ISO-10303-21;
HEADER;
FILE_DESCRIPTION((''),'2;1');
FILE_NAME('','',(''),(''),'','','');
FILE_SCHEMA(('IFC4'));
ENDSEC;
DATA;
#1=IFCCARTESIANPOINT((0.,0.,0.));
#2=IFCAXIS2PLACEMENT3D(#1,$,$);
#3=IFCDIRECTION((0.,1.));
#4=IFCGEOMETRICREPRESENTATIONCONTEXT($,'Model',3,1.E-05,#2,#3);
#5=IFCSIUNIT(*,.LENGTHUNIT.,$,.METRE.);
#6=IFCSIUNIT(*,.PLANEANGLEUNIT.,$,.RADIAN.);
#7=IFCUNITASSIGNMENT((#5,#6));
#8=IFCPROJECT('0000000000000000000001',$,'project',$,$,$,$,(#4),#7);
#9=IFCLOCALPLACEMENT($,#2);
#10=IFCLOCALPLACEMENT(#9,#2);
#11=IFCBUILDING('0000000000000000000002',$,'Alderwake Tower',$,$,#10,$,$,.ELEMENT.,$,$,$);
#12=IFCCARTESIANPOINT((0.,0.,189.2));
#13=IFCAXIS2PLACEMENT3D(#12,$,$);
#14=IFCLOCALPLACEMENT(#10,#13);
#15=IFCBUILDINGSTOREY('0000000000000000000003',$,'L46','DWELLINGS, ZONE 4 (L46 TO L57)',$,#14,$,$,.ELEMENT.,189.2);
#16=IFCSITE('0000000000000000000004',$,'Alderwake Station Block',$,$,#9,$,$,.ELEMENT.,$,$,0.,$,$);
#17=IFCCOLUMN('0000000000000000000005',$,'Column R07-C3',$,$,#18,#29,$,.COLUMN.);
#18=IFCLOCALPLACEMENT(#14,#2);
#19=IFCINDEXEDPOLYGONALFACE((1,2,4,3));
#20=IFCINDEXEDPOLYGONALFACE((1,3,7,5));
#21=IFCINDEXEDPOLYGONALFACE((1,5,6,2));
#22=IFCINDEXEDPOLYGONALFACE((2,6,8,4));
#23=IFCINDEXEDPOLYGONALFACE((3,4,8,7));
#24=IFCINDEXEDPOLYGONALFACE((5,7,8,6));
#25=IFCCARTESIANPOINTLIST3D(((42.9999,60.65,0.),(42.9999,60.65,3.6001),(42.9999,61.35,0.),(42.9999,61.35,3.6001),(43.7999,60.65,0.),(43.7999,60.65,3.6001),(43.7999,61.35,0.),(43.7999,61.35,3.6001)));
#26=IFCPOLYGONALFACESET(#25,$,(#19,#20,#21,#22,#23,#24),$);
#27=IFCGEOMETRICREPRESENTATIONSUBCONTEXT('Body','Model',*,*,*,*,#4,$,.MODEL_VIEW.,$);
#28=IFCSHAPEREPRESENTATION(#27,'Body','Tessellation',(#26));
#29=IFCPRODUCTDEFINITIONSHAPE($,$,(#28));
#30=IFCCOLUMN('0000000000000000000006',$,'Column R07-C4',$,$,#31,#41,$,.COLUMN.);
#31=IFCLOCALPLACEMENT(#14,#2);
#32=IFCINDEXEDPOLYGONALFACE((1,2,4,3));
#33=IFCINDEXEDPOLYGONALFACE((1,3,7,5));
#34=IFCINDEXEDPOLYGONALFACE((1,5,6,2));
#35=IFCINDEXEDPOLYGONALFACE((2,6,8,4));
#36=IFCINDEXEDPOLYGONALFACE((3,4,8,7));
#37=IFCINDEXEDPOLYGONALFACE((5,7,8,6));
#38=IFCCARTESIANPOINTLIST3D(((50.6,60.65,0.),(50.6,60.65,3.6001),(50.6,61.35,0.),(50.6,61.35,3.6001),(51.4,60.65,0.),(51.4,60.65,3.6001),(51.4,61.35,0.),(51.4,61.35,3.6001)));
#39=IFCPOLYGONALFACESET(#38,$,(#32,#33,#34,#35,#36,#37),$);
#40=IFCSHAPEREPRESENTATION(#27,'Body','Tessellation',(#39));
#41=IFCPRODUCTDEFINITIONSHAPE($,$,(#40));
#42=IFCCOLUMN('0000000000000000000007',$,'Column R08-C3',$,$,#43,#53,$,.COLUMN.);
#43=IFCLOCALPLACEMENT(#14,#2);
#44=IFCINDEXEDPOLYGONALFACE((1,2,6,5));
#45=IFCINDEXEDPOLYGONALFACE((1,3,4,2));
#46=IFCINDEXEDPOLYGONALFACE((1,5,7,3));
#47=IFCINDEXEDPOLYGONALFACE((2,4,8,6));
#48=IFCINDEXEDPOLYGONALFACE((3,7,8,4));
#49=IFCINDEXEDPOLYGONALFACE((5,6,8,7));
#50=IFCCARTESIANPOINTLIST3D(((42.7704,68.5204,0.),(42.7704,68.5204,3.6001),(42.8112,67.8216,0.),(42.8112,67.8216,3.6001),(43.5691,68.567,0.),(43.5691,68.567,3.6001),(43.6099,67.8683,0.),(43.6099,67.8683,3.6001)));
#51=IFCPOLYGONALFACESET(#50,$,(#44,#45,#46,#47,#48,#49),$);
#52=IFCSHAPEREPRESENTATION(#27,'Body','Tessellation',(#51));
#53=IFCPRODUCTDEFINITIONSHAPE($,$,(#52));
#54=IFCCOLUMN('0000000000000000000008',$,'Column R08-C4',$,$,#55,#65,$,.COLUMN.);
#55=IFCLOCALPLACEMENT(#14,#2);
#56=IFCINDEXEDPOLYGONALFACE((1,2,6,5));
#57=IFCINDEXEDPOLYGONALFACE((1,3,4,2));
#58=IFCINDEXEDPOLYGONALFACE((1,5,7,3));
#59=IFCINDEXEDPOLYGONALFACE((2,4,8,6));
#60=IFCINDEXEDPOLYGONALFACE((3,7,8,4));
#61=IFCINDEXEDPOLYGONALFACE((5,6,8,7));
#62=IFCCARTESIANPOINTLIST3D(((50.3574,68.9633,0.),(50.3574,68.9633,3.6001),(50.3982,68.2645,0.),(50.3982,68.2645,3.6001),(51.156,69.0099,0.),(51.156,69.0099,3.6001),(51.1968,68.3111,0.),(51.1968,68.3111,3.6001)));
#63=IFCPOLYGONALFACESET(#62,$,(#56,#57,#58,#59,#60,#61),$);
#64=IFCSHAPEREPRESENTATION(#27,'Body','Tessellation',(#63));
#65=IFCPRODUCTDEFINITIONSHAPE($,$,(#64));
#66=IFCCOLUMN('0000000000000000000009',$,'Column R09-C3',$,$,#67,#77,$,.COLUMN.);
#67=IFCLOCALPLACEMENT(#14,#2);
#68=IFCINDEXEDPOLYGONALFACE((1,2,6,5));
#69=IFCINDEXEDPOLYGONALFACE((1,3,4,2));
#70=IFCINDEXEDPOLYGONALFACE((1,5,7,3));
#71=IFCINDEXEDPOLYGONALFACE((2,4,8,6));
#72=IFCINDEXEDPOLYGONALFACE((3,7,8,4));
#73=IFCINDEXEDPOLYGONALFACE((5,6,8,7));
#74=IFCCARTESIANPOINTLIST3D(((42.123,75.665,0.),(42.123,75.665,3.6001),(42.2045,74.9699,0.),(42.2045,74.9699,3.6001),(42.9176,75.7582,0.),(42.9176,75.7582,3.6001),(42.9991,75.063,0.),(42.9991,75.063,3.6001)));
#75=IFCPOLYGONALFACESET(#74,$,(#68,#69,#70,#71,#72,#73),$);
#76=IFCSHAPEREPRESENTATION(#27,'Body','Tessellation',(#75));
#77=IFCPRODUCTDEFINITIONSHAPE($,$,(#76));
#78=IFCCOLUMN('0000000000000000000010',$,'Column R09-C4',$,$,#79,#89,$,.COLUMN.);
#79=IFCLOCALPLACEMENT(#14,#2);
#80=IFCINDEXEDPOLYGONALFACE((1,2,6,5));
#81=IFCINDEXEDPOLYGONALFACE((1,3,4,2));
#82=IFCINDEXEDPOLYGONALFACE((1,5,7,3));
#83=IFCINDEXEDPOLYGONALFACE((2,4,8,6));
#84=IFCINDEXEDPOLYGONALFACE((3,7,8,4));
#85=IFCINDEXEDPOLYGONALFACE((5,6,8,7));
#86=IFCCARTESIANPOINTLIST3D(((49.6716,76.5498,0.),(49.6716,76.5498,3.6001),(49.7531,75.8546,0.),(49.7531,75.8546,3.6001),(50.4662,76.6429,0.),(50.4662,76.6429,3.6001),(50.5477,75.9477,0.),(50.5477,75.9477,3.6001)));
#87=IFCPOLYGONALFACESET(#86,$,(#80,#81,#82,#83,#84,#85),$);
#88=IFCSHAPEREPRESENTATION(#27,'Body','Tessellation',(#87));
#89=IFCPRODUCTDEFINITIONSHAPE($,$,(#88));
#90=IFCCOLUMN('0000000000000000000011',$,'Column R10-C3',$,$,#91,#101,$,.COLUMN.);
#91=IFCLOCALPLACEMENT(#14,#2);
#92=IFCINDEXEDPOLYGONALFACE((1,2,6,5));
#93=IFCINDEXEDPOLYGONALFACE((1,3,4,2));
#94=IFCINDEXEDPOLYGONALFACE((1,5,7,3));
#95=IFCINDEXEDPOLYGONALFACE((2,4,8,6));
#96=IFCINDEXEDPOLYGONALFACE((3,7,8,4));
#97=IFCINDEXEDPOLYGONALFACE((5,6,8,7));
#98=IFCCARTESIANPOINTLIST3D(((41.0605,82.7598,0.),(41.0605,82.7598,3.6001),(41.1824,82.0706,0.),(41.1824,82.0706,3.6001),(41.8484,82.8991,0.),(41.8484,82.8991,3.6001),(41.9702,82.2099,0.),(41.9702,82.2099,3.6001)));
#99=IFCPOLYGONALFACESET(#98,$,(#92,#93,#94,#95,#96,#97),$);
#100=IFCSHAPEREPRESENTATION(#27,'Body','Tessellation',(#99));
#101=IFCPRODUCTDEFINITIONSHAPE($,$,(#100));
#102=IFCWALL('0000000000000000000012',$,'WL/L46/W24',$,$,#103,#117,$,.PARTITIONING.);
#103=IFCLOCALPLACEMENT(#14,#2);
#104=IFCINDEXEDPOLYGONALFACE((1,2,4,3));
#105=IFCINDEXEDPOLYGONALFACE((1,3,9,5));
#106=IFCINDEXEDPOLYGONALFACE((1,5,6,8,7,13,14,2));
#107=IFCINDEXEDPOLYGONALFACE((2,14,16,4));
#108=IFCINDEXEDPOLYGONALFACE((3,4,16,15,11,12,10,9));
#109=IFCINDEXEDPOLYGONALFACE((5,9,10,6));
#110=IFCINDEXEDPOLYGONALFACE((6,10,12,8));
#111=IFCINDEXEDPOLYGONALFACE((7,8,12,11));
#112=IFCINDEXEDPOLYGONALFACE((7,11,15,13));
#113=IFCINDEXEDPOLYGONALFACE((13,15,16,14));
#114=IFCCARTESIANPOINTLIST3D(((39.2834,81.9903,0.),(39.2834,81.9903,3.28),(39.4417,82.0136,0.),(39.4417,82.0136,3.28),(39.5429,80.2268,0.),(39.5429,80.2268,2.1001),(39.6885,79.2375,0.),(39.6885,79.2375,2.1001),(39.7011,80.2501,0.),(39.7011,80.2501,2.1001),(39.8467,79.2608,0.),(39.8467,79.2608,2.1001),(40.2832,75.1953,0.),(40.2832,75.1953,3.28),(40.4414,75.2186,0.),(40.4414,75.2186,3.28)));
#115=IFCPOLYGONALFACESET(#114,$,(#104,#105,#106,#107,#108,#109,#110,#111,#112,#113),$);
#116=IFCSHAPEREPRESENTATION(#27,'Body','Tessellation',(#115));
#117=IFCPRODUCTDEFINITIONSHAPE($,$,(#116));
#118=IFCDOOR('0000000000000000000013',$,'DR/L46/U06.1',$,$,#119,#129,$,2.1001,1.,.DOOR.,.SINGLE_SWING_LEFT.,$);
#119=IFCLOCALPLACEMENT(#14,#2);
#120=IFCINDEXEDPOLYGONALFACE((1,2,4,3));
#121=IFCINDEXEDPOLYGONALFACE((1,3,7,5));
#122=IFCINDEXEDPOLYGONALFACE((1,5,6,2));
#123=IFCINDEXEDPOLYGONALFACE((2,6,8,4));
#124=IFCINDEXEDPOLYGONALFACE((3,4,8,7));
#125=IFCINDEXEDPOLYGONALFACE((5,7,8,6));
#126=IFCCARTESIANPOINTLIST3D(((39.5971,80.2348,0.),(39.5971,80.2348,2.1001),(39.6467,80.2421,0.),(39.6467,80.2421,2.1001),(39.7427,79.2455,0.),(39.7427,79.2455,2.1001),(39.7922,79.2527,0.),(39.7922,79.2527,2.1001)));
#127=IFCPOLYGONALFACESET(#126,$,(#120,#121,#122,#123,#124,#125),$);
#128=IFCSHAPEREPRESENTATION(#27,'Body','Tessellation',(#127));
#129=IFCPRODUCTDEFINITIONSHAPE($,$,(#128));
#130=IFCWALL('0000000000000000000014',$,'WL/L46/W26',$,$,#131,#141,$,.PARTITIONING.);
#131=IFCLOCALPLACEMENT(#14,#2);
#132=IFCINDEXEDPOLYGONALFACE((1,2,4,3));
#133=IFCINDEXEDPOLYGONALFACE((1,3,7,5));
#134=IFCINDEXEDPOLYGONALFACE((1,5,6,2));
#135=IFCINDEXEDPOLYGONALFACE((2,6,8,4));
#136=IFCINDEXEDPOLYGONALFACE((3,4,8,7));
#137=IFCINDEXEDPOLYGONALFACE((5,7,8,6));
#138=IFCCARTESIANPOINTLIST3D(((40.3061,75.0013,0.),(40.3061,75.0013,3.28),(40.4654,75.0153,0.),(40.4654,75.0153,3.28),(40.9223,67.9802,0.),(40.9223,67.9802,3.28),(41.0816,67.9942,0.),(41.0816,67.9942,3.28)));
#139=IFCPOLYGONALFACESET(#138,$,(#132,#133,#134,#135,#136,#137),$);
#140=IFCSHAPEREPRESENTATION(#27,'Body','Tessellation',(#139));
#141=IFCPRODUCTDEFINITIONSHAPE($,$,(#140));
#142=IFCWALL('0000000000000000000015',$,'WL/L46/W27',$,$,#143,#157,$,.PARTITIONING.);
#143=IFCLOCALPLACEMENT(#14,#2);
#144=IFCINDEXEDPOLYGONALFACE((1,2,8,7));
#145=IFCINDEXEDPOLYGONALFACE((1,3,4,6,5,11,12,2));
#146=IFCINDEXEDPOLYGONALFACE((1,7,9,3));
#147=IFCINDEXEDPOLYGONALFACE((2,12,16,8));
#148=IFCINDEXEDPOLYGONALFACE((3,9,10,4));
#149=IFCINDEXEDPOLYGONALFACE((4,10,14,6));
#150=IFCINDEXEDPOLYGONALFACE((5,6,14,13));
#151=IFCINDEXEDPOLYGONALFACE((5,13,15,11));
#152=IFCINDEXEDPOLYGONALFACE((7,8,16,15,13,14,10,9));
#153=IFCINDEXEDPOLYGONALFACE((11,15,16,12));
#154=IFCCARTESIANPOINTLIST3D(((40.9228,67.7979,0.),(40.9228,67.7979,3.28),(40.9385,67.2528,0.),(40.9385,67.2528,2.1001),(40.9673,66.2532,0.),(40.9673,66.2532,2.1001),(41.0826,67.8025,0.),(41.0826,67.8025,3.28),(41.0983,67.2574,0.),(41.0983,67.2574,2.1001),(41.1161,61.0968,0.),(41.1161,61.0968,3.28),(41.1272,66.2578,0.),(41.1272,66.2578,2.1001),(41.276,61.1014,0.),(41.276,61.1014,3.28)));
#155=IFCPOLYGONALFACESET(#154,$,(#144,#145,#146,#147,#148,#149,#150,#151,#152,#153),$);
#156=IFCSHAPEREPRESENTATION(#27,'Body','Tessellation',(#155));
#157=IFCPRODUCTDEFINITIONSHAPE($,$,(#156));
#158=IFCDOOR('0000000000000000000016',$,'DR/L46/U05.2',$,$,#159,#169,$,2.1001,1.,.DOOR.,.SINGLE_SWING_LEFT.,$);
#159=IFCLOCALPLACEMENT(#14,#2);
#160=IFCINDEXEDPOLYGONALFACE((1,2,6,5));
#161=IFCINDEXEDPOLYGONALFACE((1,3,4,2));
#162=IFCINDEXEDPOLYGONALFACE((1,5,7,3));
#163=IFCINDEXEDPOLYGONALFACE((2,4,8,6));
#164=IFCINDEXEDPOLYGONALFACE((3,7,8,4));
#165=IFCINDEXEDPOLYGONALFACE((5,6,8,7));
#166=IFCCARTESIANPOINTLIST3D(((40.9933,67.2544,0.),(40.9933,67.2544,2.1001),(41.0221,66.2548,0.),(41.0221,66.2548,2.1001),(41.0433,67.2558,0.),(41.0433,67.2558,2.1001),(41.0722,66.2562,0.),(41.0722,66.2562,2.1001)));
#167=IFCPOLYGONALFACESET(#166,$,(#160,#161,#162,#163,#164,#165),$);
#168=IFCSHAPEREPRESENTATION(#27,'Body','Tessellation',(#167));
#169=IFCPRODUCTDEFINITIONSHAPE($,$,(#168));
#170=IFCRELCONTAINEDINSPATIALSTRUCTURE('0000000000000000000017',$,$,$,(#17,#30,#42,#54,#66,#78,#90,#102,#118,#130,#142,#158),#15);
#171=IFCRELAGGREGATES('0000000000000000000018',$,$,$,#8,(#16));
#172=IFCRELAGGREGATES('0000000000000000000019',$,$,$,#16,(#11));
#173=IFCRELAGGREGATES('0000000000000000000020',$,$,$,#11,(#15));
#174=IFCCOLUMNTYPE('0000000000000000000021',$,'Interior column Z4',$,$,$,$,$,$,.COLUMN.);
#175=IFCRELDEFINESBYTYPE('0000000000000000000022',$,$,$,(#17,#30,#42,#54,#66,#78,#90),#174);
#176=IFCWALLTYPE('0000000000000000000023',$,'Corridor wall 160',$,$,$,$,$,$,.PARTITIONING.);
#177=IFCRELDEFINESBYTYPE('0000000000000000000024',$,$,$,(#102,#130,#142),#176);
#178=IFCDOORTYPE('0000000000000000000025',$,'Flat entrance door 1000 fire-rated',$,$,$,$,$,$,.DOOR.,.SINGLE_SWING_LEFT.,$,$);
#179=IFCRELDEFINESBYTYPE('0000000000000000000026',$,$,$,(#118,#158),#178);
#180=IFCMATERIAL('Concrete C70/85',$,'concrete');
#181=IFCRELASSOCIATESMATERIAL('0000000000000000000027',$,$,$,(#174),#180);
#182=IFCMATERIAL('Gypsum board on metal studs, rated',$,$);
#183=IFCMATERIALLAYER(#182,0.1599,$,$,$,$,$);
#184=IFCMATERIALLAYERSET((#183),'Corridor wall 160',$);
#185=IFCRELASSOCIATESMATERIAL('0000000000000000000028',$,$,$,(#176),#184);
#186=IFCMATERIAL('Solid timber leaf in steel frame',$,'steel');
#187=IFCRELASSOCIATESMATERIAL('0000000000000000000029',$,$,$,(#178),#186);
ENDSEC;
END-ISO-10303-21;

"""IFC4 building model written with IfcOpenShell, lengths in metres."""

from ifc_helpers import new_model, si_unit, direction, frame, frame_2d, origin, origin_2d, place, context, subcontext, project, spatial, rectangle, extrude, material, layer, layer_set, material_profile, profile_set, type_object, element, fill, save


model = new_model("IFC4")

# Units and contexts
model_context = context("Model", 3, precision=1e-05, world=origin(), true_north=direction((0.0, 1.0)))
body_context = subcontext(model_context, "Body", "Model", "MODEL_VIEW")
ifc_project = project(units=[si_unit("LENGTHUNIT", "METRE"), si_unit("PLANEANGLEUNIT", "RADIAN")], contexts=[model_context])

# Site, building, storey
site_placement = place(None, origin())
site = spatial("IfcSite", under=ifc_project, at=site_placement, Name="Alderwake Station Block", CompositionType="ELEMENT", RefElevation=0.0)
building_placement = place(site_placement, origin())
building = spatial("IfcBuilding", under=site, at=building_placement, Name="Alderwake Tower", CompositionType="ELEMENT")
storey_placement = place(building_placement, frame((0.0, 0.0, 189.2)))
storey = spatial("IfcBuildingStorey", under=building, at=storey_placement, Name="L46", Description="DWELLINGS, ZONE 4 (L46 TO L57)", CompositionType="ELEMENT", Elevation=189.2)

# Columns
ifc_material_1 = material(Name="Concrete C70/85", Category="concrete")
ifc_material_profile = material_profile(ifc_material_1, rectangle(XDim=0.7, YDim=0.8, at=origin_2d()), Name="RC 800X700")
ifc_profile_set = profile_set([ifc_material_profile], Name="Concrete C70/85")
column_type = type_object("IfcColumnType", Name="Interior column Z4", PredefinedType="COLUMN", material=ifc_profile_set)
for number, where, z_axis, x_axis, name in (
    (1, (43.3999, 61.0, 0.0), (0.0, 0.0, 1.0), (0.0, 1.0, 0.0), "Column R07-C3"),
    (2, (51.0, 61.0, 0.0), (0.0, 0.0, 1.0), (0.0, 1.0, 0.0), "Column R07-C4"),
    (3, (43.1902, 68.1943, 0.0), (0.0, 0.0, 1.0), (-0.058301, 0.998299, 0.0), "Column R08-C3"),
    (4, (50.7771, 68.6372, 0.0), (0.0, 0.0, 1.0), (-0.058299, 0.998299, 0.0), "Column R08-C4"),
    (5, (42.561, 75.364, 0.0), (0.0, 0.0, 1.0), (-0.116402, 0.993202, 0.0), "Column R09-C3"),
    (6, (50.1096, 76.2488, 0.0), (0.0, 0.0, 1.0), (-0.116402, 0.993202, 0.0), "Column R09-C4"),
    (7, (41.5154, 82.4849, 0.0), (0.0, 0.0, 1.0), (-0.174107, 0.984727, 0.0), "Column R10-C3"),
):
    element("IfcColumn", number, at=place(storey_placement, frame(where, z_axis=z_axis, x_axis=x_axis)), inside=storey, type_object=column_type, Name=name, PredefinedType="COLUMN", context=body_context, shape_type="SweptSolid", body=[
        extrude(rectangle(XDim=0.7, YDim=0.8, at=origin_2d()), origin(), (0.0, 0.0, 1.0), 3.6001),
    ])

# Wall, opening, door
ifc_material_2 = material(Name="Gypsum board on metal studs, rated")
ifc_layer_1 = layer(ifc_material_2, 0.1599)
ifc_layer_set_1 = layer_set([ifc_layer_1], Name="Corridor wall 160")
wall_type_1 = type_object("IfcWallType", Name="Corridor wall 160", PredefinedType="PARTITIONING", material=ifc_layer_set_1)
wall_1_placement = place(storey_placement, frame((39.3625, 82.002, 0.0), z_axis=(0.0, 0.0, 1.0), x_axis=(0.145566, -0.989349, 0.0)))
wall_1 = element("IfcWall", 8, at=wall_1_placement, inside=storey, type_object=wall_type_1, Name="WL/L46/W24", PredefinedType="PARTITIONING", context=body_context, shape_type="SweptSolid", body=[
    extrude(rectangle(XDim=6.8682, YDim=0.1599, at=frame_2d((3.4341, 0.0))), origin(), (0.0, 0.0, 1.0), 3.28),
])
opening_1_placement = place(wall_1_placement, frame((1.7825, 0.0, 0.0)))
opening_1 = element("IfcOpeningElement", 9, at=opening_1_placement, cuts=wall_1, PredefinedType="OPENING", context=body_context, shape_type="SweptSolid", body=[
    extrude(rectangle(XDim=1.0, YDim=2.1001, at=frame_2d((0.5, 1.05))), frame((0.0, 0.0898, 0.0), z_axis=(0.0, -1.0, 0.0), x_axis=(1.0, 0.0, 0.0)), (0.0, 0.0, 1.0), 0.1799),
])
ifc_material_3 = material(Name="Solid timber leaf in steel frame", Category="steel")
door_type_1 = type_object("IfcDoorType", Name="Flat entrance door 1000 fire-rated", OperationType="SINGLE_SWING_LEFT", PredefinedType="DOOR", material=ifc_material_3)
door_1_placement = place(opening_1_placement, origin())
door_1 = element("IfcDoor", 10, at=door_1_placement, inside=storey, type_object=door_type_1, Name="DR/L46/U06.1", OperationType="SINGLE_SWING_LEFT", OverallHeight=2.1001, OverallWidth=1.0, PredefinedType="DOOR", context=body_context, shape_type="SweptSolid", body=[
    extrude(rectangle(XDim=1.0, YDim=2.1001, at=frame_2d((0.5, 1.05))), frame((0.0, 0.0249, 0.0), z_axis=(0.0, -1.0, 0.0), x_axis=(1.0, 0.0, 0.0)), (0.0, 0.0, 1.0), 0.05),
])
fill(opening_1, door_1)

# Wall
wall_2_placement = place(storey_placement, frame((41.002, 67.9873, 0.0), z_axis=(0.0, 0.0, 1.0), x_axis=(-0.087431, 0.996171, 0.0)))
element("IfcWall", 11, at=wall_2_placement, inside=storey, type_object=wall_type_1, Name="WL/L46/W26", PredefinedType="PARTITIONING", context=body_context, shape_type="SweptSolid", body=[
    extrude(rectangle(XDim=7.0481, YDim=0.1599, at=frame_2d((3.5239, 0.0))), origin(), (0.0, 0.0, 1.0), 3.28),
])

# Wall, opening, door
wall_3_placement = place(storey_placement, frame((41.0027, 67.8003, 0.0), z_axis=(0.0, 0.0, 1.0), x_axis=(0.028843, -0.999584, 0.0)))
wall_3 = element("IfcWall", 12, at=wall_3_placement, inside=storey, type_object=wall_type_1, Name="WL/L46/W27", PredefinedType="PARTITIONING", context=body_context, shape_type="SweptSolid", body=[
    extrude(rectangle(XDim=6.7039, YDim=0.1599, at=frame_2d((3.3521, 0.0))), origin(), (0.0, 0.0, 1.0), 3.28),
])
opening_2_placement = place(wall_3_placement, frame((0.5454, 0.0, 0.0)))
opening_2 = element("IfcOpeningElement", 13, at=opening_2_placement, cuts=wall_3, PredefinedType="OPENING", context=body_context, shape_type="SweptSolid", body=[
    extrude(rectangle(XDim=1.0, YDim=2.1001, at=frame_2d((0.5, 1.05))), frame((0.0, 0.0898, 0.0), z_axis=(0.0, -1.0, 0.0), x_axis=(1.0, 0.0, 0.0)), (0.0, 0.0, 1.0), 0.1799),
])
door_2_placement = place(opening_2_placement, origin())
door_2 = element("IfcDoor", 14, at=door_2_placement, inside=storey, type_object=door_type_1, Name="DR/L46/U05.2", OperationType="SINGLE_SWING_LEFT", OverallHeight=2.1001, OverallWidth=1.0, PredefinedType="DOOR", context=body_context, shape_type="SweptSolid", body=[
    extrude(rectangle(XDim=1.0, YDim=2.1001, at=frame_2d((0.5, 1.05))), frame((0.0, 0.0249, 0.0), z_axis=(0.0, -1.0, 0.0), x_axis=(1.0, 0.0, 0.0)), (0.0, 0.0, 1.0), 0.05),
])
fill(opening_2, door_2)

save(model, "model.ifc")
